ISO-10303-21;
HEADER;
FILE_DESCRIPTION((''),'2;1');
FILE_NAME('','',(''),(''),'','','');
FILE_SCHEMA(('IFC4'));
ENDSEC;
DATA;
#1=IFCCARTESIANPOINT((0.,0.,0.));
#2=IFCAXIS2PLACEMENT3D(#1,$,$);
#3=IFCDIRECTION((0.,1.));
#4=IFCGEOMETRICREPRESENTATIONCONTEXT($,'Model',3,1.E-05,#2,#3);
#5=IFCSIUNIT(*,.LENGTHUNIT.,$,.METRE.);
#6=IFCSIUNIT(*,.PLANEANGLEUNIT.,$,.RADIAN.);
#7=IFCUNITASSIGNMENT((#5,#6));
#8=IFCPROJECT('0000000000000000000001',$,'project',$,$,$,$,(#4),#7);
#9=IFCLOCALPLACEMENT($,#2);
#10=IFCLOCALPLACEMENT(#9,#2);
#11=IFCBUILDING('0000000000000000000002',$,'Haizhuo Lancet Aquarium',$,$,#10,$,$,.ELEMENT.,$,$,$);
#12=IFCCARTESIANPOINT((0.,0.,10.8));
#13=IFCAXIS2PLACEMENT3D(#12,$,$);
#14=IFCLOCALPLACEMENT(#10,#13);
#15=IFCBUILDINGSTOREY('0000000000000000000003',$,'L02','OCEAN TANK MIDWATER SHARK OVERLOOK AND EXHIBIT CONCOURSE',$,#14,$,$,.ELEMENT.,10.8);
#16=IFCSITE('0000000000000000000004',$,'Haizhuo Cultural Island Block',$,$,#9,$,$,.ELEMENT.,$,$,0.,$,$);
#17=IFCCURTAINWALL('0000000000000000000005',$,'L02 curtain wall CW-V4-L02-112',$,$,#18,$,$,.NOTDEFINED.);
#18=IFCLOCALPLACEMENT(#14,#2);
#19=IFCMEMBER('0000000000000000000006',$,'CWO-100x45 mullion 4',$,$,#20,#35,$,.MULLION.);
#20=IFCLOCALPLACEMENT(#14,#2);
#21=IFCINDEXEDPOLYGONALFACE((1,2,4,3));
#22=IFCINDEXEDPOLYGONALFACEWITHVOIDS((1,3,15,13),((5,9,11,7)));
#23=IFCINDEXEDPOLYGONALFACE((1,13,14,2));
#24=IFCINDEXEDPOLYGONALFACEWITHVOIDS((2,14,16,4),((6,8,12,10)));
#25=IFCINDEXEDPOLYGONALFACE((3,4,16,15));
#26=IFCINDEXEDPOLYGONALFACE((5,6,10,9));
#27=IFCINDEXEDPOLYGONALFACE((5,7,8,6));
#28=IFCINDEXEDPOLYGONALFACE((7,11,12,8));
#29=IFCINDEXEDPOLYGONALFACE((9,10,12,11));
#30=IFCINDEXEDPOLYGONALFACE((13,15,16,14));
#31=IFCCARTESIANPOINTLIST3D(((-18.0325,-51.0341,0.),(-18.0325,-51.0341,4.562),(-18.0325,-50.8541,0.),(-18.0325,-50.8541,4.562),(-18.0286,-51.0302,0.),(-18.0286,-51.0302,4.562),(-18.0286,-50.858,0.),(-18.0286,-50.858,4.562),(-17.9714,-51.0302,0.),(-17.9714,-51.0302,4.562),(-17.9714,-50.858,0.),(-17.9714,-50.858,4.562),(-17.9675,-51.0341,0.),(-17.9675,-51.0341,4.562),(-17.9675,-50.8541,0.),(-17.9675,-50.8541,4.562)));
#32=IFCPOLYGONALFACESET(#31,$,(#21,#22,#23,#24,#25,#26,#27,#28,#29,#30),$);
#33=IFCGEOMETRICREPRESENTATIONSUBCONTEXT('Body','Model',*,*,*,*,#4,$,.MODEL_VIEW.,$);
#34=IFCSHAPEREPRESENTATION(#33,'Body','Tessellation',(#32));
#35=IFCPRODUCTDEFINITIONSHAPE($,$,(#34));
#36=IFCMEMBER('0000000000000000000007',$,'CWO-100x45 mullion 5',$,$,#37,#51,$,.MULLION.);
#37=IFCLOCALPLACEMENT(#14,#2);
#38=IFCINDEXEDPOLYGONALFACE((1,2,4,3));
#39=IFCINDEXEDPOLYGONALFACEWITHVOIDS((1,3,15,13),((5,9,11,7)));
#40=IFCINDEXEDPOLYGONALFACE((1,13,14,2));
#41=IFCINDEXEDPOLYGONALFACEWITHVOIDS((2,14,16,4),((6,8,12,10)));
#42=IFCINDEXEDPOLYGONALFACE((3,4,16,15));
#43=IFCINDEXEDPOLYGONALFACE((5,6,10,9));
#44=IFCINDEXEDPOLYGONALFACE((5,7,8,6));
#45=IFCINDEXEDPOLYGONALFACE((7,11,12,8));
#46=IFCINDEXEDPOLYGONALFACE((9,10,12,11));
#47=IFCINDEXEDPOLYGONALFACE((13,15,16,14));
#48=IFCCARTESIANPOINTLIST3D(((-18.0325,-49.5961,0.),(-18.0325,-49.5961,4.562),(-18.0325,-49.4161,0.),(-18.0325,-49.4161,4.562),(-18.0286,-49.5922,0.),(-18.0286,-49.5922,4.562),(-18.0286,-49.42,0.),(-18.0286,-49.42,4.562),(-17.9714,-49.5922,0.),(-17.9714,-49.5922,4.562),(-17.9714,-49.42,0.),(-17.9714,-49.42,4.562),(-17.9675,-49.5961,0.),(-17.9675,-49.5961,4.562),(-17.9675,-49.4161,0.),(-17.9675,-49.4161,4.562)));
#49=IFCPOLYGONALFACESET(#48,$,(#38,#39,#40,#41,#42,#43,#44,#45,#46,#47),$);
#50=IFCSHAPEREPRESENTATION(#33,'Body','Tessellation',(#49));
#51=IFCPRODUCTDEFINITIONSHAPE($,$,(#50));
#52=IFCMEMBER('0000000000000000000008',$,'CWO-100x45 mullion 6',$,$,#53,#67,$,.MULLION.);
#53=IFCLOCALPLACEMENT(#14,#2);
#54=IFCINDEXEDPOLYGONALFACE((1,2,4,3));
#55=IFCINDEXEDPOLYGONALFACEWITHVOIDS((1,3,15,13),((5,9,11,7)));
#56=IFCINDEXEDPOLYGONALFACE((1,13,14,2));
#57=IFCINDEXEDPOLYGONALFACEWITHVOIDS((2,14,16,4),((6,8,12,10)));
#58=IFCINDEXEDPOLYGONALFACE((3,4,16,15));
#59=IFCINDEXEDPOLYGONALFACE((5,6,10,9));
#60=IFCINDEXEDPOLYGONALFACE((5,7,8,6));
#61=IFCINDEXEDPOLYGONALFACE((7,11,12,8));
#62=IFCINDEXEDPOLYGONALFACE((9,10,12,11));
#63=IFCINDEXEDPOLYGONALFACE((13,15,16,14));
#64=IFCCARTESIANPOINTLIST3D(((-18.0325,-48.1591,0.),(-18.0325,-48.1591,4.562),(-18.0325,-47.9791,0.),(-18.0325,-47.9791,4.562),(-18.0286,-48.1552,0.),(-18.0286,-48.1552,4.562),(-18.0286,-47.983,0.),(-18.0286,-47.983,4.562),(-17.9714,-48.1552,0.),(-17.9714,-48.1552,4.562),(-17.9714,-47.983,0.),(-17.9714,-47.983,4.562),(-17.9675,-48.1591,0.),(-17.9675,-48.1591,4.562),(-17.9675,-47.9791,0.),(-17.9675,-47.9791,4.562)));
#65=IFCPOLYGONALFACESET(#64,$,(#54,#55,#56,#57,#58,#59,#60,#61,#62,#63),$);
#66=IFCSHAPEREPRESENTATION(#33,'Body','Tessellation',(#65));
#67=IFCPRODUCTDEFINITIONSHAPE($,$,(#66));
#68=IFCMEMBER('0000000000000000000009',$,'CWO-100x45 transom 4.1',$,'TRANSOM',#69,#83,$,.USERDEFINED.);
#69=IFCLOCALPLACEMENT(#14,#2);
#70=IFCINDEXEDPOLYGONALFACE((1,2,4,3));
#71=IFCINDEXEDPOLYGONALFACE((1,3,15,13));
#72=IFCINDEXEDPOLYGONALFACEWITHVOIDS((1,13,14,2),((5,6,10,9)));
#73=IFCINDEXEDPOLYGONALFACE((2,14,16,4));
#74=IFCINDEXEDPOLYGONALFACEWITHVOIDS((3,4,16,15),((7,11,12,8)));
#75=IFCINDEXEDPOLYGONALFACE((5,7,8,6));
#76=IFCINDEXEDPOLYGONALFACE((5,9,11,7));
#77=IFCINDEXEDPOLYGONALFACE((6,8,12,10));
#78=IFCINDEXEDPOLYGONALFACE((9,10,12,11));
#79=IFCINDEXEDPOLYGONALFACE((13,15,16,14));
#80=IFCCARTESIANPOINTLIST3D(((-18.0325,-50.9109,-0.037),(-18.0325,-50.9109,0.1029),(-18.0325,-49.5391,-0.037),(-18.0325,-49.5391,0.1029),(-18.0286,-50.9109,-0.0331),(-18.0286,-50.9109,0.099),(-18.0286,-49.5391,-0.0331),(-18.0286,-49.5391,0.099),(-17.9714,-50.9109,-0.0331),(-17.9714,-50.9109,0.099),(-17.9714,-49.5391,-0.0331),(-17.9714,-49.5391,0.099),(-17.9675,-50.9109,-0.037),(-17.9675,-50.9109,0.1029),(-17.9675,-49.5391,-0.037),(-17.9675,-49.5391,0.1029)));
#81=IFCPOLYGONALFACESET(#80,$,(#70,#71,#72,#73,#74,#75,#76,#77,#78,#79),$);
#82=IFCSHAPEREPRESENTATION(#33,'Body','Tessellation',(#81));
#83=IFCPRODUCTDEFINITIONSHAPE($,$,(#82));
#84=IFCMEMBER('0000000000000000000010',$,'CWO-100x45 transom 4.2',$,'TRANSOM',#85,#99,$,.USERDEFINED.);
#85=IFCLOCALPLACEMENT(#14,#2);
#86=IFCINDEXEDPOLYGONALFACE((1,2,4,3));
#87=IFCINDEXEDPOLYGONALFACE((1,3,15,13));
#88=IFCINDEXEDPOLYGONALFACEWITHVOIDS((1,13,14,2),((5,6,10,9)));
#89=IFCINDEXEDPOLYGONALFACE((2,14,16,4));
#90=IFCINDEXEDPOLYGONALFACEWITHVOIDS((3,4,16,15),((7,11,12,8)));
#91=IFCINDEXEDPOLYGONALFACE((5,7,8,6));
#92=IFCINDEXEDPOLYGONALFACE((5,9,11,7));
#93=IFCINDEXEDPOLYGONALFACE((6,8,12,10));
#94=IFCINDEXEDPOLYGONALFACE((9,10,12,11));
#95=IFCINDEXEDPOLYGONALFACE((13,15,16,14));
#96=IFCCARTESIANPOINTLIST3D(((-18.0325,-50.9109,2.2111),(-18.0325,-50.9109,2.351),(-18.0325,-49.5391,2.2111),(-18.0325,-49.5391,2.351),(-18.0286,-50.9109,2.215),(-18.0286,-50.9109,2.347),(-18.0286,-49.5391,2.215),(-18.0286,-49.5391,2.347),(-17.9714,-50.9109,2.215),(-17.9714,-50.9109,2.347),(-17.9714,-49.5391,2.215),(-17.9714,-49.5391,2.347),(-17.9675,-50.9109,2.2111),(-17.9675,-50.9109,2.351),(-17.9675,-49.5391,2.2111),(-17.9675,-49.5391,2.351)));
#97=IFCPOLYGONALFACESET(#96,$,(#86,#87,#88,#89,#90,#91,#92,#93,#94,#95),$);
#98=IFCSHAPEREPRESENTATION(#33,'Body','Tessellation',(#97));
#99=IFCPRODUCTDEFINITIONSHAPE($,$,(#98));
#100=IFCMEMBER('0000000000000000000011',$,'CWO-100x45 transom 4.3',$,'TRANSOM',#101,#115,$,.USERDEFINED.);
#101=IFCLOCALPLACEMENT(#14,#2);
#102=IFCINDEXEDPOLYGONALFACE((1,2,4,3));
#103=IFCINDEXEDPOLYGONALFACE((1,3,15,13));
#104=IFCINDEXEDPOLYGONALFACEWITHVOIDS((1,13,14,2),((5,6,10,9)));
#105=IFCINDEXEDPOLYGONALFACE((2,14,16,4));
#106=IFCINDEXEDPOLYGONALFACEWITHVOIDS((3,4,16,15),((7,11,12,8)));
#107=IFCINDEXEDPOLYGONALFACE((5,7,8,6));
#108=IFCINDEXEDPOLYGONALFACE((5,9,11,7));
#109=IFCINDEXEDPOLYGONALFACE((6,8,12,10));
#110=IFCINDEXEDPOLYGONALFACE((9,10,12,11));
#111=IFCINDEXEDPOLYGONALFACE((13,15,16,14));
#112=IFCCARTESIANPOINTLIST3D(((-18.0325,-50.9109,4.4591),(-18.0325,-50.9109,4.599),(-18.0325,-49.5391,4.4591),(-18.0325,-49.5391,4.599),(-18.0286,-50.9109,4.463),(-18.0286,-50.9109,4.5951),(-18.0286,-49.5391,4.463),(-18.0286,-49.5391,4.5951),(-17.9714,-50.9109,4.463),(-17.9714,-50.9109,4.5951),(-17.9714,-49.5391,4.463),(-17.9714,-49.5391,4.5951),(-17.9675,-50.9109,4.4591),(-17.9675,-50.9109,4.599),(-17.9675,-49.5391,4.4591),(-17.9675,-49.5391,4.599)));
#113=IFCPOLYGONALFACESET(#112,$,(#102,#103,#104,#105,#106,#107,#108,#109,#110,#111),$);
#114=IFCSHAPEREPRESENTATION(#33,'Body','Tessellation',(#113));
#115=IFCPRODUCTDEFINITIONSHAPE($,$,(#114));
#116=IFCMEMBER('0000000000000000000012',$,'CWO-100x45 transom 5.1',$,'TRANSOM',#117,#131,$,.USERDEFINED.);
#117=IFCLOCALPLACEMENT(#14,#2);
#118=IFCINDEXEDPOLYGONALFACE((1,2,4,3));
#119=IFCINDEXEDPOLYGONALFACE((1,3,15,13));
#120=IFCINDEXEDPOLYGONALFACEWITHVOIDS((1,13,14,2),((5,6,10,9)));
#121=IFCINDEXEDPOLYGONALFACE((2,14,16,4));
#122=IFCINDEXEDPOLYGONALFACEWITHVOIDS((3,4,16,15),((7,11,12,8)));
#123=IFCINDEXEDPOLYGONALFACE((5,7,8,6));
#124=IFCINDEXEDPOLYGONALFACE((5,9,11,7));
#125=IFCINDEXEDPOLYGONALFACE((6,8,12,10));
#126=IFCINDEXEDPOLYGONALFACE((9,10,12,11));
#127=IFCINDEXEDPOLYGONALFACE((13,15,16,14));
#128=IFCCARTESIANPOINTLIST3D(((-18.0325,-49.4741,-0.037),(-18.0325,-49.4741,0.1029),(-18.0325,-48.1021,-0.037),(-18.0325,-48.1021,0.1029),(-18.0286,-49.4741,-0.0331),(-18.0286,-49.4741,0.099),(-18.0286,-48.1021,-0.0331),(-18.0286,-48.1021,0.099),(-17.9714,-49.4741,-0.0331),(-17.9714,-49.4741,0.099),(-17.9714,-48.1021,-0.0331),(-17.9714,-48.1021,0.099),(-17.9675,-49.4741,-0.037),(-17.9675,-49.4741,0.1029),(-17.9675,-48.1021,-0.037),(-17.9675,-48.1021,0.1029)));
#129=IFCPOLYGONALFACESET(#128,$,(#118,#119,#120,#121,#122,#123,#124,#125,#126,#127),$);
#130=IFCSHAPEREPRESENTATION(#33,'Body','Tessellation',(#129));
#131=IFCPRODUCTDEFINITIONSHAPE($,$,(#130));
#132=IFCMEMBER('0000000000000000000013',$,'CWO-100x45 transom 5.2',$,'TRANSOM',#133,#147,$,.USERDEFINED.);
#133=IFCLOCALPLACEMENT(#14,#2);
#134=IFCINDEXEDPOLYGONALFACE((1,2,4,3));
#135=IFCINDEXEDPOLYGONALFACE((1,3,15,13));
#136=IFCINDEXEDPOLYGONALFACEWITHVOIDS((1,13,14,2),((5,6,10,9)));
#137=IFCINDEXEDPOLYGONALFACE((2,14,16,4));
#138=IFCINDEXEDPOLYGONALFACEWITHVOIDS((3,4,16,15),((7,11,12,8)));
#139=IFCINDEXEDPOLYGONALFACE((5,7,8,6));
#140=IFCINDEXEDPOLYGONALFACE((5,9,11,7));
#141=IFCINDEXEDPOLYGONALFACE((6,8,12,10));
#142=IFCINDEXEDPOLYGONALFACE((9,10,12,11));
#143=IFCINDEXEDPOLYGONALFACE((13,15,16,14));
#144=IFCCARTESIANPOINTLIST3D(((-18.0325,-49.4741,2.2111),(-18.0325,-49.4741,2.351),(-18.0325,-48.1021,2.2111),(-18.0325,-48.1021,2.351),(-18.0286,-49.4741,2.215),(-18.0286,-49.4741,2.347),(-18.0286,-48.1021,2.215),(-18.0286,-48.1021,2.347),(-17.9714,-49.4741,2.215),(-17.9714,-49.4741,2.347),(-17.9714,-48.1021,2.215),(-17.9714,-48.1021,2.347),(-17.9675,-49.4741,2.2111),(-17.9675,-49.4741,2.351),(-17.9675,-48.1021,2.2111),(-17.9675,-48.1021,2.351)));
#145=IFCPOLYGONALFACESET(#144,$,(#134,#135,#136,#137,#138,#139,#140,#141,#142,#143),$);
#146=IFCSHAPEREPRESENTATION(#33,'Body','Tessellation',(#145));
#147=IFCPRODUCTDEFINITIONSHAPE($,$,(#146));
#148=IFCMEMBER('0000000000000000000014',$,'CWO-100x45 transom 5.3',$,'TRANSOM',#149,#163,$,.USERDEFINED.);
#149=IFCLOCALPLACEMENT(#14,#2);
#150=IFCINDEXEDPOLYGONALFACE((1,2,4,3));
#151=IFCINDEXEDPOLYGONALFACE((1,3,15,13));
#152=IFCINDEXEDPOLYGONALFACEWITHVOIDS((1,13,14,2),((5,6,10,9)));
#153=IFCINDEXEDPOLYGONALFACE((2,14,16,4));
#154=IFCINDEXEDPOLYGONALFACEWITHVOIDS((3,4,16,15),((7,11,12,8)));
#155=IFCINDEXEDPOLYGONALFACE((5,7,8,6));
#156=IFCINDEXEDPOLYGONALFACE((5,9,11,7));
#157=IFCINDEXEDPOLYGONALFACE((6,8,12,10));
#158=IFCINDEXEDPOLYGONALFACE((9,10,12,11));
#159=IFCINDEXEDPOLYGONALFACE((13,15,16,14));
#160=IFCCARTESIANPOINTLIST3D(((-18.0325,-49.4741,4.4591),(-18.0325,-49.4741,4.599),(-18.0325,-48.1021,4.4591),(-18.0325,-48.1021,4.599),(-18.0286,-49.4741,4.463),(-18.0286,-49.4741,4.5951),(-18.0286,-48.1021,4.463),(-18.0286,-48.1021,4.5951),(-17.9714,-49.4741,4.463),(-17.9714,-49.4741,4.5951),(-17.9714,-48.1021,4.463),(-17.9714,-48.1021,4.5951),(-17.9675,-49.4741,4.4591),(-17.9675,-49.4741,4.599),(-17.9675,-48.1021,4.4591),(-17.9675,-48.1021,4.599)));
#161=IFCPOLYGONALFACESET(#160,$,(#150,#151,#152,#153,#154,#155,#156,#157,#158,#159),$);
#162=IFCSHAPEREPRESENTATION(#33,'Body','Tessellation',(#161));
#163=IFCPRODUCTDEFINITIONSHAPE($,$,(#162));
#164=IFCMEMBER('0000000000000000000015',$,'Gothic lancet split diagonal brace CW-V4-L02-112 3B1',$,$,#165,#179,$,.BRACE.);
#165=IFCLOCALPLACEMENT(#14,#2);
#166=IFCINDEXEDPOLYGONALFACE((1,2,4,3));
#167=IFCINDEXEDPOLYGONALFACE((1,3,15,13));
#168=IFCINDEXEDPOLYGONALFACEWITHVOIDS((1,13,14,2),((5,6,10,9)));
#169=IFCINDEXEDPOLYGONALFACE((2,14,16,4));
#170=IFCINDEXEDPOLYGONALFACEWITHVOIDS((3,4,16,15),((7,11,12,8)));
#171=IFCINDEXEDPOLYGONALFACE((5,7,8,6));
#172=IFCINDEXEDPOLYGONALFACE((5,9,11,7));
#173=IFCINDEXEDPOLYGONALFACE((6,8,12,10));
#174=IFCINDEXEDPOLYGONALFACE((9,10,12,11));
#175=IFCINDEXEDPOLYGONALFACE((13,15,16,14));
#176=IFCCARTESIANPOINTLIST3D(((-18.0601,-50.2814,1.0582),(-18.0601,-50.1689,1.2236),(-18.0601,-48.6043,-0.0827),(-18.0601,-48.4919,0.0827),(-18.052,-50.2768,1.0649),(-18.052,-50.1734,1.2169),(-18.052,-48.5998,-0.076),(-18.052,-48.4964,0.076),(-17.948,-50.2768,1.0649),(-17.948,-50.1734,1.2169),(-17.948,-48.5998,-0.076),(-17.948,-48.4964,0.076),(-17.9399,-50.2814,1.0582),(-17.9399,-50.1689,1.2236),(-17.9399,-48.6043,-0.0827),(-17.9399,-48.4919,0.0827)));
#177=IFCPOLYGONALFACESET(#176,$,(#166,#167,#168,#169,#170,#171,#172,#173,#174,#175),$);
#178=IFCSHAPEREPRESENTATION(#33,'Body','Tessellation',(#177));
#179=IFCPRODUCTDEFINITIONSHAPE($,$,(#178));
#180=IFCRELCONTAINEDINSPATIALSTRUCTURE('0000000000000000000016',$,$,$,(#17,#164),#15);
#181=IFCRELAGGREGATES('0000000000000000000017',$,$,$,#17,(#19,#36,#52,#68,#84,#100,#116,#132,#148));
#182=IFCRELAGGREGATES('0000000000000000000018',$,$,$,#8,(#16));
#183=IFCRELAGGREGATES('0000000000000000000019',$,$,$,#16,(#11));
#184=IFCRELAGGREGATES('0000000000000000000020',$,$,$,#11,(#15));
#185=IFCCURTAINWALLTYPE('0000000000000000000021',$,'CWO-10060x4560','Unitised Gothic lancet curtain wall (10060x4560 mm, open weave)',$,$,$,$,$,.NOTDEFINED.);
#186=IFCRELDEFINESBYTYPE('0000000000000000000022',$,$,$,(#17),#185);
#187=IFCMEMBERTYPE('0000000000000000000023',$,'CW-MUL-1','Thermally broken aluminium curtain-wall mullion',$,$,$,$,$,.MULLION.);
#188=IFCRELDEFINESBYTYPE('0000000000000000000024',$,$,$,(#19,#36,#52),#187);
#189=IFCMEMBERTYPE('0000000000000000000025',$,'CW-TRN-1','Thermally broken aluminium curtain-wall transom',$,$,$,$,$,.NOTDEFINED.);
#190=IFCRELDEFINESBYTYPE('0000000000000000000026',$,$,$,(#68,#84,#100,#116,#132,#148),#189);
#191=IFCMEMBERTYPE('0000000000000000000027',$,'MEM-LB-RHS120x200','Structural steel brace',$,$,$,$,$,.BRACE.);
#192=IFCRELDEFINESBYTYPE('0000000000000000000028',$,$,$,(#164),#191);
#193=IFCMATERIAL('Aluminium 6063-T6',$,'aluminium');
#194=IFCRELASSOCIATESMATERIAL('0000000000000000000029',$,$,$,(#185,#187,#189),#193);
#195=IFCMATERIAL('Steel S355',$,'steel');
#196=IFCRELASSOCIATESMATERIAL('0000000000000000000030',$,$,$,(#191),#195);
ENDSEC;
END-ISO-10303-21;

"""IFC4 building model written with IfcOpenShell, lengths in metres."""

from ifc_helpers import new_model, si_unit, direction, frame, origin, origin_2d, place, context, subcontext, project, spatial, hollow_rectangle, extrude, material, material_profile, profile_set, type_object, element, aggregate, save


model = new_model("IFC4")

# Units and contexts
model_context = context("Model", 3, precision=1e-05, world=origin(), true_north=direction((0.0, 1.0)))
body_context = subcontext(model_context, "Body", "Model", "MODEL_VIEW")
ifc_project = project(units=[si_unit("LENGTHUNIT", "METRE"), si_unit("PLANEANGLEUNIT", "RADIAN")], contexts=[model_context])

# Site, building, storey
site_placement = place(None, origin())
site = spatial("IfcSite", under=ifc_project, at=site_placement, Name="Haizhuo Cultural Island Block", CompositionType="ELEMENT", RefElevation=0.0)
building_placement = place(site_placement, origin())
building = spatial("IfcBuilding", under=site, at=building_placement, Name="Haizhuo Lancet Aquarium", CompositionType="ELEMENT")
storey_placement = place(building_placement, frame((0.0, 0.0, 10.8)))
storey = spatial("IfcBuildingStorey", under=building, at=storey_placement, Name="L02", Description="OCEAN TANK MIDWATER SHARK OVERLOOK AND EXHIBIT CONCOURSE", CompositionType="ELEMENT", Elevation=10.8)

# Curtain wall, members
ifc_material_1 = material(Name="Aluminium 6063-T6", Category="aluminium")
curtain_wall_type = type_object("IfcCurtainWallType", Name="CWO-10060x4560", Description="Unitised Gothic lancet curtain wall (10060x4560 mm, open weave)", PredefinedType="NOTDEFINED", material=ifc_material_1)
curtain_wall_placement = place(storey_placement, origin())
curtain_wall = element("IfcCurtainWall", 1, at=curtain_wall_placement, inside=storey, type_object=curtain_wall_type, Name="L02 curtain wall CW-V4-L02-112", PredefinedType="NOTDEFINED")
ifc_material_profile_1 = material_profile(ifc_material_1, hollow_rectangle(XDim=0.0649, YDim=0.1799, WallThickness=0.0039, at=origin_2d()), Name="ALU-M 65x180x4")
ifc_profile_set_1 = profile_set([ifc_material_profile_1], Name="Aluminium 6063-T6")
member_type_1 = type_object("IfcMemberType", Name="CW-MUL-1", Description="Thermally broken aluminium curtain-wall mullion", PredefinedType="MULLION", material=ifc_profile_set_1)
member_1_placement = place(storey_placement, frame((-18.0, -50.9441, 0.0), z_axis=(0.0, 0.0, 1.0), x_axis=(-1.0, 0.0, 0.0)))
member_1 = element("IfcMember", 2, at=member_1_placement, type_object=member_type_1, Name="CWO-100x45 mullion 4", PredefinedType="MULLION", context=body_context, shape_type="SweptSolid", body=[
    extrude(hollow_rectangle(XDim=0.0649, YDim=0.1799, WallThickness=0.0039, at=origin_2d()), origin(), (0.0, 0.0, 1.0), 4.562),
])
member_2_placement = place(storey_placement, frame((-18.0, -49.5061, 0.0), z_axis=(0.0, 0.0, 1.0), x_axis=(-1.0, 0.0, 0.0)))
member_2 = element("IfcMember", 3, at=member_2_placement, type_object=member_type_1, Name="CWO-100x45 mullion 5", PredefinedType="MULLION", context=body_context, shape_type="SweptSolid", body=[
    extrude(hollow_rectangle(XDim=0.0649, YDim=0.1799, WallThickness=0.0039, at=origin_2d()), origin(), (0.0, 0.0, 1.0), 4.562),
])
member_3_placement = place(storey_placement, frame((-18.0, -48.0691, 0.0), z_axis=(0.0, 0.0, 1.0), x_axis=(-1.0, 0.0, 0.0)))
member_3 = element("IfcMember", 4, at=member_3_placement, type_object=member_type_1, Name="CWO-100x45 mullion 6", PredefinedType="MULLION", context=body_context, shape_type="SweptSolid", body=[
    extrude(hollow_rectangle(XDim=0.0649, YDim=0.1799, WallThickness=0.0039, at=origin_2d()), origin(), (0.0, 0.0, 1.0), 4.562),
])
ifc_material_profile_2 = material_profile(ifc_material_1, hollow_rectangle(XDim=0.0649, YDim=0.1399, WallThickness=0.0039, at=origin_2d()), Name="ALU-T 65x140x4")
ifc_profile_set_2 = profile_set([ifc_material_profile_2], Name="Aluminium 6063-T6")
member_type_2 = type_object("IfcMemberType", Name="CW-TRN-1", Description="Thermally broken aluminium curtain-wall transom", PredefinedType="NOTDEFINED", material=ifc_profile_set_2)
member_4_placement = place(storey_placement, frame((-18.0, -50.9109, 0.033), z_axis=(0.0, 1.0, 0.0), x_axis=(-1.0, 0.0, 0.0)))
member_4 = element("IfcMember", 5, at=member_4_placement, type_object=member_type_2, Name="CWO-100x45 transom 4.1", ObjectType="TRANSOM", PredefinedType="USERDEFINED", context=body_context, shape_type="SweptSolid", body=[
    extrude(hollow_rectangle(XDim=0.0649, YDim=0.1399, WallThickness=0.0039, at=origin_2d()), origin(), (0.0, 0.0, 1.0), 1.3718),
])
member_5_placement = place(storey_placement, frame((-18.0, -50.9109, 2.281), z_axis=(0.0, 1.0, 0.0), x_axis=(-1.0, 0.0, 0.0)))
member_5 = element("IfcMember", 6, at=member_5_placement, type_object=member_type_2, Name="CWO-100x45 transom 4.2", ObjectType="TRANSOM", PredefinedType="USERDEFINED", context=body_context, shape_type="SweptSolid", body=[
    extrude(hollow_rectangle(XDim=0.0649, YDim=0.1399, WallThickness=0.0039, at=origin_2d()), origin(), (0.0, 0.0, 1.0), 1.3718),
])
member_6_placement = place(storey_placement, frame((-18.0, -50.9109, 4.5291), z_axis=(0.0, 1.0, 0.0), x_axis=(-1.0, 0.0, 0.0)))
member_6 = element("IfcMember", 7, at=member_6_placement, type_object=member_type_2, Name="CWO-100x45 transom 4.3", ObjectType="TRANSOM", PredefinedType="USERDEFINED", context=body_context, shape_type="SweptSolid", body=[
    extrude(hollow_rectangle(XDim=0.0649, YDim=0.1399, WallThickness=0.0039, at=origin_2d()), origin(), (0.0, 0.0, 1.0), 1.3718),
])
member_7_placement = place(storey_placement, frame((-18.0, -49.4741, 0.033), z_axis=(0.0, 1.0, 0.0), x_axis=(-1.0, 0.0, 0.0)))
member_7 = element("IfcMember", 8, at=member_7_placement, type_object=member_type_2, Name="CWO-100x45 transom 5.1", ObjectType="TRANSOM", PredefinedType="USERDEFINED", context=body_context, shape_type="SweptSolid", body=[
    extrude(hollow_rectangle(XDim=0.0649, YDim=0.1399, WallThickness=0.0039, at=origin_2d()), origin(), (0.0, 0.0, 1.0), 1.3721),
])
member_8_placement = place(storey_placement, frame((-18.0, -49.4741, 2.281), z_axis=(0.0, 1.0, 0.0), x_axis=(-1.0, 0.0, 0.0)))
member_8 = element("IfcMember", 9, at=member_8_placement, type_object=member_type_2, Name="CWO-100x45 transom 5.2", ObjectType="TRANSOM", PredefinedType="USERDEFINED", context=body_context, shape_type="SweptSolid", body=[
    extrude(hollow_rectangle(XDim=0.0649, YDim=0.1399, WallThickness=0.0039, at=origin_2d()), origin(), (0.0, 0.0, 1.0), 1.3721),
])
member_9_placement = place(storey_placement, frame((-18.0, -49.4741, 4.5291), z_axis=(0.0, 1.0, 0.0), x_axis=(-1.0, 0.0, 0.0)))
member_9 = element("IfcMember", 10, at=member_9_placement, type_object=member_type_2, Name="CWO-100x45 transom 5.3", ObjectType="TRANSOM", PredefinedType="USERDEFINED", context=body_context, shape_type="SweptSolid", body=[
    extrude(hollow_rectangle(XDim=0.0649, YDim=0.1399, WallThickness=0.0039, at=origin_2d()), origin(), (0.0, 0.0, 1.0), 1.3721),
])

# Member
ifc_material_2 = material(Name="Steel S355", Category="steel")
ifc_material_profile_3 = material_profile(ifc_material_2, hollow_rectangle(XDim=0.1201, YDim=0.2, WallThickness=0.0081, at=origin_2d()), Name="RHS 120x200x8")
ifc_profile_set_3 = profile_set([ifc_material_profile_3], Name="Steel S355")
member_type_3 = type_object("IfcMemberType", Name="MEM-LB-RHS120x200", Description="Structural steel brace", PredefinedType="BRACE", material=ifc_profile_set_3)
member_10_placement = place(storey_placement, frame((-18.0, -48.5481, 0.0), z_axis=(0.0, -0.82681, 0.562481), x_axis=(1.0, 0.0, 0.0)))
element("IfcMember", 11, at=member_10_placement, inside=storey, type_object=member_type_3, Name="Gothic lancet split diagonal brace CW-V4-L02-112 3B1", PredefinedType="BRACE", context=body_context, shape_type="SweptSolid", body=[
    extrude(hollow_rectangle(XDim=0.1201, YDim=0.2, WallThickness=0.0081, at=origin_2d()), origin(), (0.0, 0.0, 1.0), 2.0283),
])

aggregate(curtain_wall, [member_1, member_2, member_3, member_4, member_5, member_6, member_7, member_8, member_9])

save(model, "model.ifc")
